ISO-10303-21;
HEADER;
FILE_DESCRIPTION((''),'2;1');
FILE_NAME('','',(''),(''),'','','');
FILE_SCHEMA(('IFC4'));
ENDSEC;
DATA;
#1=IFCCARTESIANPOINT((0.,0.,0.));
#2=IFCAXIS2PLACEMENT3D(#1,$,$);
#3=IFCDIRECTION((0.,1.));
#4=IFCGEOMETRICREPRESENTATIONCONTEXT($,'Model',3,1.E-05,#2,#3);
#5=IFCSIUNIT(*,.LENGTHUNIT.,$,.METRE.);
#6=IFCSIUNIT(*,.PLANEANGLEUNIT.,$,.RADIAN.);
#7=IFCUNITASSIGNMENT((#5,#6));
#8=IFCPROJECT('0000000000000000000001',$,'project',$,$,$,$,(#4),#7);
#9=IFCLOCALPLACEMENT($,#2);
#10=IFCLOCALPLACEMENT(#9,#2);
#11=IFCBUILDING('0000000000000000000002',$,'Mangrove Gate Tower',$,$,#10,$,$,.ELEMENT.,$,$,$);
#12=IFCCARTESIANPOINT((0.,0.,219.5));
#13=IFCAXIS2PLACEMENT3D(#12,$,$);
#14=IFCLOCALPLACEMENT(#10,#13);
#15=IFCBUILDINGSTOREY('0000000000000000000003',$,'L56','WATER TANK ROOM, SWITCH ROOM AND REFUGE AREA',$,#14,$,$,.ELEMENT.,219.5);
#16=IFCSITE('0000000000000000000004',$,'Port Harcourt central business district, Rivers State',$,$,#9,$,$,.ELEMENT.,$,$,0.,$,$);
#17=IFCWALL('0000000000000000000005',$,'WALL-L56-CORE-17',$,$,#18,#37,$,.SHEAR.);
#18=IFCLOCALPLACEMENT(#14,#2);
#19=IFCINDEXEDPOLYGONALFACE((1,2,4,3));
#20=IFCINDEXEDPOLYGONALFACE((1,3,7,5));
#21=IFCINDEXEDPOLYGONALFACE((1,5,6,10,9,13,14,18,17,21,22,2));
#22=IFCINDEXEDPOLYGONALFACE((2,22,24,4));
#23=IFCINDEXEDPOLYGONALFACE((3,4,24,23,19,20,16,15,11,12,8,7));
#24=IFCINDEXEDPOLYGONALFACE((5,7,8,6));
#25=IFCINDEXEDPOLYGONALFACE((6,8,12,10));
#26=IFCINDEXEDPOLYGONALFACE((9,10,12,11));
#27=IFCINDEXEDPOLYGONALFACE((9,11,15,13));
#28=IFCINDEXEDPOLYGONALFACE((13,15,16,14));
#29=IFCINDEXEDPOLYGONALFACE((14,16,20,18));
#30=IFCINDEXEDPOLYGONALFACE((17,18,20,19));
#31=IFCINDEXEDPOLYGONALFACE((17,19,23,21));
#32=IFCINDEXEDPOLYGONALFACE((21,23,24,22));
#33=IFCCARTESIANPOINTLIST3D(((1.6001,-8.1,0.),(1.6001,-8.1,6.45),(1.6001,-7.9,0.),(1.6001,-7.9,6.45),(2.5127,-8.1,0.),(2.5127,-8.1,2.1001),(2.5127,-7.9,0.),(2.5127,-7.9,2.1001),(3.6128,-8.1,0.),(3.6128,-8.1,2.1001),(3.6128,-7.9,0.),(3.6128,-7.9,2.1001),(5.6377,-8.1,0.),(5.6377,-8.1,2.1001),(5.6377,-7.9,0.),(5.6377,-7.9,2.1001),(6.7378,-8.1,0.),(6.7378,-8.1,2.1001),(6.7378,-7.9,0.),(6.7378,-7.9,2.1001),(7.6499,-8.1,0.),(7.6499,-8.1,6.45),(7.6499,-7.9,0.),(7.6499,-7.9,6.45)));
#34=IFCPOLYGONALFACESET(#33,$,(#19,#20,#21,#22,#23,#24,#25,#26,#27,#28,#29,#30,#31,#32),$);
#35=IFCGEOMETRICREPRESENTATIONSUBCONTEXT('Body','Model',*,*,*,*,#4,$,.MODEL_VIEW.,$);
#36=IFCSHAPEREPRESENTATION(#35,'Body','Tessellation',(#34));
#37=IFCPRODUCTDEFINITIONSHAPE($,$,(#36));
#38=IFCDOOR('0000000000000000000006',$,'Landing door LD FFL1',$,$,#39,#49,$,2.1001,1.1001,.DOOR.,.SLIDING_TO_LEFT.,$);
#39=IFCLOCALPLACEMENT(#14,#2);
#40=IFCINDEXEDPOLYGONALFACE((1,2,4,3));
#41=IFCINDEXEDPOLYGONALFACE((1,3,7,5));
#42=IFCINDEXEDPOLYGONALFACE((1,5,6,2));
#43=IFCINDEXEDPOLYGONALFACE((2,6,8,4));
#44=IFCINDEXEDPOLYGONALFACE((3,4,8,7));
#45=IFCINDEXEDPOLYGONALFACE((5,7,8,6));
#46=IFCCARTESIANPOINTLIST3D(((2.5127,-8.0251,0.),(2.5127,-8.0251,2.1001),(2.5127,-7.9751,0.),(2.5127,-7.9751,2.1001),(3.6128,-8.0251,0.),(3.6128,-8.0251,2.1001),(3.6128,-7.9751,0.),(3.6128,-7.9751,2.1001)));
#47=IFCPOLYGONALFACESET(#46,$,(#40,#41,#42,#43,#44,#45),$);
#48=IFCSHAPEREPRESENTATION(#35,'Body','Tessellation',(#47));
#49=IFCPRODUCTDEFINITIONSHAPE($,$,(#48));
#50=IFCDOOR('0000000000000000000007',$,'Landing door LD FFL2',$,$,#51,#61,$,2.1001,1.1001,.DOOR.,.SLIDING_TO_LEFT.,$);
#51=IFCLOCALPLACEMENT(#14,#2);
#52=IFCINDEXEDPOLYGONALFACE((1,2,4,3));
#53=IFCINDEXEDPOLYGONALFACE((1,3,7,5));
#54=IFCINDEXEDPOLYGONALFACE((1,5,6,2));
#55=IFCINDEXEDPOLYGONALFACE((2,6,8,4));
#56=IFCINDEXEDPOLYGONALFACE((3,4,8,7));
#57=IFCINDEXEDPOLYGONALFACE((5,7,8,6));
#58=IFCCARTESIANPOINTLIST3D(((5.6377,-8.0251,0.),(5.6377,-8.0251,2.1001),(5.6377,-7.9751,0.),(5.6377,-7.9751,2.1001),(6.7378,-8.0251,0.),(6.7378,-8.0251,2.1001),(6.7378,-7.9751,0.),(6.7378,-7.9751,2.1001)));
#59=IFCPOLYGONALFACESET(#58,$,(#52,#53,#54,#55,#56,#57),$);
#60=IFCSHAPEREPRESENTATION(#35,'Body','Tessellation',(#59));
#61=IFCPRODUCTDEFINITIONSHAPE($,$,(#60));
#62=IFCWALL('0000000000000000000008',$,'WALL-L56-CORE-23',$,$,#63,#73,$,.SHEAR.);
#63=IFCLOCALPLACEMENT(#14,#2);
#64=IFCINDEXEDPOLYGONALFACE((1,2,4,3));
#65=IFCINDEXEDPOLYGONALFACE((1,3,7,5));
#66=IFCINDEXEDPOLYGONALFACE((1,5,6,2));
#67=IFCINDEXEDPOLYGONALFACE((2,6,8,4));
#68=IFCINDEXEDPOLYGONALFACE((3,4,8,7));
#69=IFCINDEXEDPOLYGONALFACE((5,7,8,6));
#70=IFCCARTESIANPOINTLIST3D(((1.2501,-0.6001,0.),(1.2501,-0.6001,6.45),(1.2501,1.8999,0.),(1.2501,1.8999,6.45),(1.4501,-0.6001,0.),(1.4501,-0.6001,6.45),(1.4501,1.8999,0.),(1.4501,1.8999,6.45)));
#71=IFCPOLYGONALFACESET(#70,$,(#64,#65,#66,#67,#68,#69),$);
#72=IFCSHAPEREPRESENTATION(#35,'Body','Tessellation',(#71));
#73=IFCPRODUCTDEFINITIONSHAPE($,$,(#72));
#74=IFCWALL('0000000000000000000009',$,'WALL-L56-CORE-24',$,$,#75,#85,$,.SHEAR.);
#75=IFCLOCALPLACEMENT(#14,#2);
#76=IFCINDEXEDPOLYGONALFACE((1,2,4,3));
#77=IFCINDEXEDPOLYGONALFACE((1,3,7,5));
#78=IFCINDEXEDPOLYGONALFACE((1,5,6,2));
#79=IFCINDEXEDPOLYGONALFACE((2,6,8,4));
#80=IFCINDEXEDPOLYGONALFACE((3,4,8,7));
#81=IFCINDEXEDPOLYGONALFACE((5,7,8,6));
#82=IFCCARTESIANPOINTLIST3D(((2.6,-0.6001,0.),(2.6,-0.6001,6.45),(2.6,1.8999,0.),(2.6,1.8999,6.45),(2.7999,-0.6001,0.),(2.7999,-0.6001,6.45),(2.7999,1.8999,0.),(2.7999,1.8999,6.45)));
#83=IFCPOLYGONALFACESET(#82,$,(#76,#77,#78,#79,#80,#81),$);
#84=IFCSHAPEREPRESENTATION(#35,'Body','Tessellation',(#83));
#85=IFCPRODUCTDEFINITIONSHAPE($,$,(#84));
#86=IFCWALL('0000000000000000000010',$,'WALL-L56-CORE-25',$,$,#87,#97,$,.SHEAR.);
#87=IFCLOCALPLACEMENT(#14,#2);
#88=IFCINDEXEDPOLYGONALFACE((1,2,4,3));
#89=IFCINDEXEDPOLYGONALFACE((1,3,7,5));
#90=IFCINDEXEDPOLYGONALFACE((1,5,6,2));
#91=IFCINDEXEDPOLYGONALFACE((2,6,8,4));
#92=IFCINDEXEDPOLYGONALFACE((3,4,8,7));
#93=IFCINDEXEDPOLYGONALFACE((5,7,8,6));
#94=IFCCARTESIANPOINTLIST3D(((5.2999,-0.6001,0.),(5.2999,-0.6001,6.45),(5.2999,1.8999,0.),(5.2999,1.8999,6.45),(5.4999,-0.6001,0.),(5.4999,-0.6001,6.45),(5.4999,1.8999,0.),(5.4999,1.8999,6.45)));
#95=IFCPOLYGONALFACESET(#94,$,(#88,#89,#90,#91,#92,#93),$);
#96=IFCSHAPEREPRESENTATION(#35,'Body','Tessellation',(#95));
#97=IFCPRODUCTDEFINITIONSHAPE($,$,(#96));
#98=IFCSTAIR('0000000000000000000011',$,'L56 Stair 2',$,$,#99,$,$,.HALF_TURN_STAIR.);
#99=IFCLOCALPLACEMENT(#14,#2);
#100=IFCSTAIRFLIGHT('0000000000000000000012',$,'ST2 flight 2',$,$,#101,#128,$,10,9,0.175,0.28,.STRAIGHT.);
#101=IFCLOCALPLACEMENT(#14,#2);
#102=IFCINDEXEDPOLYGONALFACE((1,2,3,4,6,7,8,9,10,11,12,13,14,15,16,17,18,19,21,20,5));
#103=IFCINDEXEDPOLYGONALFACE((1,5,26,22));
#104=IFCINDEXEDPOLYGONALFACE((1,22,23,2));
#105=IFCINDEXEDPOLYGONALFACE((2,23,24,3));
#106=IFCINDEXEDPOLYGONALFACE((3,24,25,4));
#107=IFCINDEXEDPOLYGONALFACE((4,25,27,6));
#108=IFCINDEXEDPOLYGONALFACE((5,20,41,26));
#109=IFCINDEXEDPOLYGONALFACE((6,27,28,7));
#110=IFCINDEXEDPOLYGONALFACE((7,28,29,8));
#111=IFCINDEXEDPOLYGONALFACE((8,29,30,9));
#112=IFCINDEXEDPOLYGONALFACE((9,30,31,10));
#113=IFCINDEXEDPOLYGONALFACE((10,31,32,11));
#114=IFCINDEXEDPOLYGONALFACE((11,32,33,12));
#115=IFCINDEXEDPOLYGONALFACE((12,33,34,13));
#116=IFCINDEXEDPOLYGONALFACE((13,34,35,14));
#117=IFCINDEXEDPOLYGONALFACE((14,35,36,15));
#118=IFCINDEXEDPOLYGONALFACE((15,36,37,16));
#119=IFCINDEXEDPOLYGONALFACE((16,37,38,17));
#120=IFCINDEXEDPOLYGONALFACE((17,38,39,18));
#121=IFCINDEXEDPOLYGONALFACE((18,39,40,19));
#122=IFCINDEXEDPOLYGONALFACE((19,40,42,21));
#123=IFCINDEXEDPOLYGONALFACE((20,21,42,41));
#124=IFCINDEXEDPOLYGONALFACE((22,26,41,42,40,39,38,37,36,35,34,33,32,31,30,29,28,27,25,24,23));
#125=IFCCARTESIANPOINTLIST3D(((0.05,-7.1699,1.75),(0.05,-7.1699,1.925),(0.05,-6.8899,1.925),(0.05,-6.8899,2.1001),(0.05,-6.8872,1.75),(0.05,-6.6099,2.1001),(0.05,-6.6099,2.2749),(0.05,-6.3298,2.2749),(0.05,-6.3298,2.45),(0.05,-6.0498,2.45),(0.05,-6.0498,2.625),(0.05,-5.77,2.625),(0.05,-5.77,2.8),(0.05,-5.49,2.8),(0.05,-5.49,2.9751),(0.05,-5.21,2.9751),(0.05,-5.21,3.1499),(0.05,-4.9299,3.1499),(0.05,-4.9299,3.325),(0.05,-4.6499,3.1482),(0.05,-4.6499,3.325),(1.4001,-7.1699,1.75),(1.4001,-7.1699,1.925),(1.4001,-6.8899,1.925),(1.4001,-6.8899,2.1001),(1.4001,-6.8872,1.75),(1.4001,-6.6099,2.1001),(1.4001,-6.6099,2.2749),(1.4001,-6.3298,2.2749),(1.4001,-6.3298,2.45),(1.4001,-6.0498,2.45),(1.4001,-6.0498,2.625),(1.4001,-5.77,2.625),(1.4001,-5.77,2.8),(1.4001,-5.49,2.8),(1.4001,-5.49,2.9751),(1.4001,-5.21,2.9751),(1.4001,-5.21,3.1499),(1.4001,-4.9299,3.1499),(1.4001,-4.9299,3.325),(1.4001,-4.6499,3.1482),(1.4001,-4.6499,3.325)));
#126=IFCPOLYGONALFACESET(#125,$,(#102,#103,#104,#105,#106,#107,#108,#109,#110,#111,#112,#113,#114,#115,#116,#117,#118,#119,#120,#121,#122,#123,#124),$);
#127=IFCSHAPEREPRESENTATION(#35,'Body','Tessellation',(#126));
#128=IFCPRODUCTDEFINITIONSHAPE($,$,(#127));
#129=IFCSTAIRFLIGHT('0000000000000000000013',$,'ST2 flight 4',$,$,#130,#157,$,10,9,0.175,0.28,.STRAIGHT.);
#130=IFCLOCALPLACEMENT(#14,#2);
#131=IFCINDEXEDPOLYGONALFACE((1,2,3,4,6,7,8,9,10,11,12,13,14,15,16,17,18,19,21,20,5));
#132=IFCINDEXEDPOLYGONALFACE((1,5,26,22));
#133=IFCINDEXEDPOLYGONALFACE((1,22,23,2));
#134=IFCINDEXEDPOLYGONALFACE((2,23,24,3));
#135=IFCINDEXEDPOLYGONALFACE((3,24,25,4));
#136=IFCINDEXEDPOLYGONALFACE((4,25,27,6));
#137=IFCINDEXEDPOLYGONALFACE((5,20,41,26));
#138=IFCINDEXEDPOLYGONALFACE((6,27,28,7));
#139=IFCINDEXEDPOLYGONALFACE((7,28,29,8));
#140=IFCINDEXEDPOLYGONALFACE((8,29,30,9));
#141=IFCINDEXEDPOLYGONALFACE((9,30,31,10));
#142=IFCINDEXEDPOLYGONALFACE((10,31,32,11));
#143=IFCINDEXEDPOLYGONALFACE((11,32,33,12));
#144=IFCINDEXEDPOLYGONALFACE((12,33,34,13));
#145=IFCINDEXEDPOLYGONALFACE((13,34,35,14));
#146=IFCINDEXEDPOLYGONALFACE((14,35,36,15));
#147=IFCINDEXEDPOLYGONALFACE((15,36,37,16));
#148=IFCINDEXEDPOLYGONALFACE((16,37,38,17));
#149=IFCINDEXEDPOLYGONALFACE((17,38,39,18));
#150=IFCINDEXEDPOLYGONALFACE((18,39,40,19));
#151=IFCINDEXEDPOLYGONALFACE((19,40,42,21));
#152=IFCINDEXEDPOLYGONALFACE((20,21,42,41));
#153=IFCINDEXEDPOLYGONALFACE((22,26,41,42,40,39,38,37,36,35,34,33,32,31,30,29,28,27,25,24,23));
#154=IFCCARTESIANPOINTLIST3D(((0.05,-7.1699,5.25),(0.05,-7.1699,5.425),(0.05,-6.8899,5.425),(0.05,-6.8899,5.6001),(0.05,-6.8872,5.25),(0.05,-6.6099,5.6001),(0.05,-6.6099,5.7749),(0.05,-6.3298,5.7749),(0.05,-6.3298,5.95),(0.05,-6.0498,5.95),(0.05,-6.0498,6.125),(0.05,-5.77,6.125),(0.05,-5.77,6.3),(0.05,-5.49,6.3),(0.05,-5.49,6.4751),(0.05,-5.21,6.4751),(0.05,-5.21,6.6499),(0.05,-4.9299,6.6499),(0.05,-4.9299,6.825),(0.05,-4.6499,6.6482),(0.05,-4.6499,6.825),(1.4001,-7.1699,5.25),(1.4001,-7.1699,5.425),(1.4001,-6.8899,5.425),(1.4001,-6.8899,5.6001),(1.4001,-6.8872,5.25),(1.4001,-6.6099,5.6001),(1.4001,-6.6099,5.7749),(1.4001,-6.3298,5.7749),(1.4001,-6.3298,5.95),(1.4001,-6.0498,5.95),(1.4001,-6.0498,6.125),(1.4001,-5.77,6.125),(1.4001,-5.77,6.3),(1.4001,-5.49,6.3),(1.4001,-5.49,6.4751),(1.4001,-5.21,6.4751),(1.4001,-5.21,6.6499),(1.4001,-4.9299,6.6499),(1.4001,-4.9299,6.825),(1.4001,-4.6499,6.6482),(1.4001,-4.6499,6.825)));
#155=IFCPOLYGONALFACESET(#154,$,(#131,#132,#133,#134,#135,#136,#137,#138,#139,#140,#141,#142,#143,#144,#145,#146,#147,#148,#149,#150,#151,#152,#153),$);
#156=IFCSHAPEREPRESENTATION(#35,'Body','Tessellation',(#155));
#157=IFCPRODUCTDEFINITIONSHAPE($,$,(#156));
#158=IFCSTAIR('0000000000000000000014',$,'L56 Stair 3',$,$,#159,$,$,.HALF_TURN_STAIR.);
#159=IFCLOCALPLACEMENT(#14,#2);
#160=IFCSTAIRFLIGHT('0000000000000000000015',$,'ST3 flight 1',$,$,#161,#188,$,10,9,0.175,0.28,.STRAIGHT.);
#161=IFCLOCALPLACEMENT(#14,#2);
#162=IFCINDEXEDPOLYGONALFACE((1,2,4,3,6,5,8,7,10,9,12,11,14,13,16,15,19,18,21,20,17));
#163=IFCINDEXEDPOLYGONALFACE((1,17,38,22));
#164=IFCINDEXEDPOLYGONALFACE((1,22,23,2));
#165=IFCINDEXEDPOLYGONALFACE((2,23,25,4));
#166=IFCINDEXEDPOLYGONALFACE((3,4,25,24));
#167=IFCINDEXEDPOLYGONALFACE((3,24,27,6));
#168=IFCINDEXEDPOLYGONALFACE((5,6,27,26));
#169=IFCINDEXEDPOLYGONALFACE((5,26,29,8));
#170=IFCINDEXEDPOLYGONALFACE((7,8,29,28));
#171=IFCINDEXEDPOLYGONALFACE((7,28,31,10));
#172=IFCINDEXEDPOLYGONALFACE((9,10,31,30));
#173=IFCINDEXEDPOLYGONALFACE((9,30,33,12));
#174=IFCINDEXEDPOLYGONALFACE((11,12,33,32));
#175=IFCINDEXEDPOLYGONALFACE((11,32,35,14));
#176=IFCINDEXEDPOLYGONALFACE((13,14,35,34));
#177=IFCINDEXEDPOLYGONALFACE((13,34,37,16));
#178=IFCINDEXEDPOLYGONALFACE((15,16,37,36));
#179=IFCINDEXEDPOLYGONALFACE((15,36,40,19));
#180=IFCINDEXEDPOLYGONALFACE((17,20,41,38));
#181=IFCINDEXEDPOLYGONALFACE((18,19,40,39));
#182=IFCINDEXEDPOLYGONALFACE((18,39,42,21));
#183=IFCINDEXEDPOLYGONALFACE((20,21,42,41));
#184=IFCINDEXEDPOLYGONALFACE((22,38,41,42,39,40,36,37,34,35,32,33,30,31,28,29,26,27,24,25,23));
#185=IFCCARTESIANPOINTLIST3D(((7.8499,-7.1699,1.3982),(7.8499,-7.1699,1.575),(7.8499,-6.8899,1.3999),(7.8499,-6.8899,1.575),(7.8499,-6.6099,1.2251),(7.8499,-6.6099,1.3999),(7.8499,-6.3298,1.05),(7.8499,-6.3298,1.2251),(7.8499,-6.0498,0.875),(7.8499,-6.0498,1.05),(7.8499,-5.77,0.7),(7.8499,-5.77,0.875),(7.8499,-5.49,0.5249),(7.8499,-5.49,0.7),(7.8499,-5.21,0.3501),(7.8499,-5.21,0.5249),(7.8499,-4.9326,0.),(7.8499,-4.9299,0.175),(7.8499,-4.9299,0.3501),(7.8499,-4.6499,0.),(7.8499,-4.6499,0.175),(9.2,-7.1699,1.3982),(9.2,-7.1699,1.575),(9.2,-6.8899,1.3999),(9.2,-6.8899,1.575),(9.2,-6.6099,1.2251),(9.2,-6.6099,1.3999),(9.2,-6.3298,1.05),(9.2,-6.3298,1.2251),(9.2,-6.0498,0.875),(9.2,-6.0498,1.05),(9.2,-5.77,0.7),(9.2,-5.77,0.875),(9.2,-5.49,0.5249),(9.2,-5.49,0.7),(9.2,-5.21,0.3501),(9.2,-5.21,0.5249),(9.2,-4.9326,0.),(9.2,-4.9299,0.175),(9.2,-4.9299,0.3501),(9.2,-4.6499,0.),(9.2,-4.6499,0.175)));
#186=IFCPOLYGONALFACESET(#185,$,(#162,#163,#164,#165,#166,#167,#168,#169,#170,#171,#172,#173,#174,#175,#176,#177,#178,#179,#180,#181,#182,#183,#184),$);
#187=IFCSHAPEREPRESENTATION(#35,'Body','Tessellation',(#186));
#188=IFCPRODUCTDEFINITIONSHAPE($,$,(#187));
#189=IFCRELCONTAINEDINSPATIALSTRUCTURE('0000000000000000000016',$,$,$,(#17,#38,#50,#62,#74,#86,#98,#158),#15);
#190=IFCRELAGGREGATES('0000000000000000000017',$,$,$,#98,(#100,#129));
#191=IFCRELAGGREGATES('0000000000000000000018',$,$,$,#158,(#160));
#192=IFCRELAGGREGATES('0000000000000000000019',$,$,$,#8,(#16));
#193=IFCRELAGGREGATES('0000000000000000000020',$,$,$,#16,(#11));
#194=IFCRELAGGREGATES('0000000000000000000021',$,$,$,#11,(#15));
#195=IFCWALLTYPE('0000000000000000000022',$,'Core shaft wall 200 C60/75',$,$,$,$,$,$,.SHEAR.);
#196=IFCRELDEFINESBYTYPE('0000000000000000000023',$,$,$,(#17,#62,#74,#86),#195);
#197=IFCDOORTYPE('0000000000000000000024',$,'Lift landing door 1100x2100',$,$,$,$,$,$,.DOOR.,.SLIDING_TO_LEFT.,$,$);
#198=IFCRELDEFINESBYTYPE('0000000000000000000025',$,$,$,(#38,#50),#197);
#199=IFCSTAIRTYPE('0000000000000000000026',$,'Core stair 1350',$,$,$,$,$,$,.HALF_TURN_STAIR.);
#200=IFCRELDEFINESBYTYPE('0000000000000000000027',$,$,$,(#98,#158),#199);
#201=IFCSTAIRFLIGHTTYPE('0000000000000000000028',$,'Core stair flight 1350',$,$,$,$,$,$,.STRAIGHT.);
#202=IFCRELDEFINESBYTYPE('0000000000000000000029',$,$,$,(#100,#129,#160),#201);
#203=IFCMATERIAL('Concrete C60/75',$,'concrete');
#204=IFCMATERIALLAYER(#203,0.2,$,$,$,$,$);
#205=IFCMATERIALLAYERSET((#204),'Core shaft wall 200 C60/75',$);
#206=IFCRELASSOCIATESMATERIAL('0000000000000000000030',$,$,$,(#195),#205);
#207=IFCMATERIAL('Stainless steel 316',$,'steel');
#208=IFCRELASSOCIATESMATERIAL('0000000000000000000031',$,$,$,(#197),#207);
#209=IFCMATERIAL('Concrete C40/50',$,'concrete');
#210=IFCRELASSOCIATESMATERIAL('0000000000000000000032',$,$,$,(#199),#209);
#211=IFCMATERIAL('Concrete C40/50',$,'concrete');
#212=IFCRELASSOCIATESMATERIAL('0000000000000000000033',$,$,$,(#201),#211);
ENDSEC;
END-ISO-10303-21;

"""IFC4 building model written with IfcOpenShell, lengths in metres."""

from ifc_helpers import new_model, si_unit, direction, frame, frame_2d, origin, place, context, subcontext, project, spatial, polyline, rectangle, outline, extrude, material, layer, layer_set, type_object, element, fill, aggregate, save


model = new_model("IFC4")

# Units and contexts
model_context = context("Model", 3, precision=1e-05, world=origin(), true_north=direction((0.0, 1.0)))
body_context = subcontext(model_context, "Body", "Model", "MODEL_VIEW")
ifc_project = project(units=[si_unit("LENGTHUNIT", "METRE"), si_unit("PLANEANGLEUNIT", "RADIAN")], contexts=[model_context])

# Site, building, storey
site_placement = place(None, origin())
site = spatial("IfcSite", under=ifc_project, at=site_placement, Name="Port Harcourt central business district, Rivers State", CompositionType="ELEMENT", RefElevation=0.0)
building_placement = place(site_placement, origin())
building = spatial("IfcBuilding", under=site, at=building_placement, Name="Mangrove Gate Tower", CompositionType="ELEMENT")
storey_placement = place(building_placement, frame((0.0, 0.0, 219.5)))
storey = spatial("IfcBuildingStorey", under=building, at=storey_placement, Name="L56", Description="WATER TANK ROOM, SWITCH ROOM AND REFUGE AREA", CompositionType="ELEMENT", Elevation=219.5)

# Wall, openings, doors
ifc_material_1 = material(Name="Concrete C60/75", Category="concrete")
ifc_layer = layer(ifc_material_1, 0.2)
ifc_layer_set = layer_set([ifc_layer], Name="Core shaft wall 200 C60/75")
wall_type = type_object("IfcWallType", Name="Core shaft wall 200 C60/75", PredefinedType="SHEAR", material=ifc_layer_set)
wall_placement = place(storey_placement, frame((1.6001, -8.0, 0.0), z_axis=(0.0, 0.0, 1.0), x_axis=(1.0, 0.0, 0.0)))
wall = element("IfcWall", 1, at=wall_placement, inside=storey, type_object=wall_type, Name="WALL-L56-CORE-17", PredefinedType="SHEAR", context=body_context, shape_type="SweptSolid", body=[
    extrude(rectangle(XDim=6.0498, YDim=0.2, at=frame_2d((3.0249, 0.0))), origin(), (0.0, 0.0, 1.0), 6.45),
])
opening_1_placement = place(wall_placement, frame((0.9126, 0.0, 0.0)))
opening_1 = element("IfcOpeningElement", 2, at=opening_1_placement, cuts=wall, PredefinedType="OPENING", context=body_context, shape_type="SweptSolid", body=[
    extrude(rectangle(XDim=1.1001, YDim=2.1001, at=frame_2d((0.55, 1.05))), frame((0.0, 0.1099, 0.0), z_axis=(0.0, -1.0, 0.0), x_axis=(1.0, 0.0, 0.0)), (0.0, 0.0, 1.0), 0.22),
])
opening_2_placement = place(wall_placement, frame((4.0376, 0.0, 0.0)))
opening_2 = element("IfcOpeningElement", 3, at=opening_2_placement, cuts=wall, PredefinedType="OPENING", context=body_context, shape_type="SweptSolid", body=[
    extrude(rectangle(XDim=1.1001, YDim=2.1001, at=frame_2d((0.55, 1.05))), frame((0.0, 0.1099, 0.0), z_axis=(0.0, -1.0, 0.0), x_axis=(1.0, 0.0, 0.0)), (0.0, 0.0, 1.0), 0.22),
])
ifc_material_2 = material(Name="Stainless steel 316", Category="steel")
door_type = type_object("IfcDoorType", Name="Lift landing door 1100x2100", OperationType="SLIDING_TO_LEFT", PredefinedType="DOOR", material=ifc_material_2)
door_1_placement = place(opening_1_placement, origin())
door_1 = element("IfcDoor", 4, at=door_1_placement, inside=storey, type_object=door_type, Name="Landing door LD FFL1", OperationType="SLIDING_TO_LEFT", OverallHeight=2.1001, OverallWidth=1.1001, PredefinedType="DOOR", context=body_context, shape_type="SweptSolid", body=[
    extrude(rectangle(XDim=1.1001, YDim=2.1001, at=frame_2d((0.55, 1.05))), frame((0.0, 0.0249, 0.0), z_axis=(0.0, -1.0, 0.0), x_axis=(1.0, 0.0, 0.0)), (0.0, 0.0, 1.0), 0.05),
])
fill(opening_1, door_1)
door_2_placement = place(opening_2_placement, origin())
door_2 = element("IfcDoor", 5, at=door_2_placement, inside=storey, type_object=door_type, Name="Landing door LD FFL2", OperationType="SLIDING_TO_LEFT", OverallHeight=2.1001, OverallWidth=1.1001, PredefinedType="DOOR", context=body_context, shape_type="SweptSolid", body=[
    extrude(rectangle(XDim=1.1001, YDim=2.1001, at=frame_2d((0.55, 1.05))), frame((0.0, 0.0249, 0.0), z_axis=(0.0, -1.0, 0.0), x_axis=(1.0, 0.0, 0.0)), (0.0, 0.0, 1.0), 0.05),
])
fill(opening_2, door_2)

# Walls
for number, where, z_axis, x_axis, name in (
    (6, (1.3501, -0.6001, 0.0), (0.0, 0.0, 1.0), (0.0, 1.0, 0.0), "WALL-L56-CORE-23"),
    (7, (2.7, -0.6001, 0.0), (0.0, 0.0, 1.0), (0.0, 1.0, 0.0), "WALL-L56-CORE-24"),
    (8, (5.3999, -0.6001, 0.0), (0.0, 0.0, 1.0), (0.0, 1.0, 0.0), "WALL-L56-CORE-25"),
):
    element("IfcWall", number, at=place(storey_placement, frame(where, z_axis=z_axis, x_axis=x_axis)), inside=storey, type_object=wall_type, Name=name, PredefinedType="SHEAR", context=body_context, shape_type="SweptSolid", body=[
        extrude(rectangle(XDim=2.5, YDim=0.2, at=frame_2d((1.25, 0.0))), origin(), (0.0, 0.0, 1.0), 6.45),
    ])

# Stairs, stair flights
ifc_material_3 = material(Name="Concrete C40/50", Category="concrete")
stair_type = type_object("IfcStairType", Name="Core stair 1350", PredefinedType="HALF_TURN_STAIR", material=ifc_material_3)
stair_1_placement = place(storey_placement, origin())
stair_1 = element("IfcStair", 9, at=stair_1_placement, inside=storey, type_object=stair_type, Name="L56 Stair 2", PredefinedType="HALF_TURN_STAIR")
ifc_material_4 = material(Name="Concrete C40/50", Category="concrete")
stair_flight_type = type_object("IfcStairFlightType", Name="Core stair flight 1350", PredefinedType="STRAIGHT", material=ifc_material_4)
stair_flight_1_placement = place(storey_placement, frame((0.7251, -7.1699, 1.75), z_axis=(0.0, 0.0, 1.0), x_axis=(0.0, 1.0, 0.0)))
stair_flight_1 = element("IfcStairFlight", 10, at=stair_flight_1_placement, type_object=stair_flight_type, Name="ST2 flight 2", NumberOfRisers=10, NumberOfTreads=9, PredefinedType="STRAIGHT", RiserHeight=0.175, TreadLength=0.28, context=body_context, shape_type="SweptSolid", body=[
    extrude(outline(polyline([(0.0, 0.0), (0.0, 0.175), (0.28, 0.175), (0.28, 0.3501), (0.5601, 0.3501), (0.5601, 0.5249), (0.8401, 0.5249), (0.8401, 0.7), (1.1201, 0.7), (1.1201, 0.875), (1.3999, 0.875), (1.3999, 1.05), (1.6799, 1.05), (1.6799, 1.2251), (1.96, 1.2251), (1.96, 1.3999), (2.24, 1.3999), (2.24, 1.575), (2.52, 1.575), (2.52, 1.75), (2.52, 1.3982), (0.2827, 0.0), (0.0, 0.0)])), frame((0.0, 0.675, 0.0), z_axis=(0.0, -1.0, 0.0), x_axis=(1.0, 0.0, 0.0)), (0.0, 0.0, 1.0), 1.3501),
])
stair_flight_2_placement = place(storey_placement, frame((0.7251, -7.1699, 5.25), z_axis=(0.0, 0.0, 1.0), x_axis=(0.0, 1.0, 0.0)))
stair_flight_2 = element("IfcStairFlight", 11, at=stair_flight_2_placement, type_object=stair_flight_type, Name="ST2 flight 4", NumberOfRisers=10, NumberOfTreads=9, PredefinedType="STRAIGHT", RiserHeight=0.175, TreadLength=0.28, context=body_context, shape_type="SweptSolid", body=[
    extrude(outline(polyline([(0.0, 0.0), (0.0, 0.175), (0.28, 0.175), (0.28, 0.3501), (0.5601, 0.3501), (0.5601, 0.5249), (0.8401, 0.5249), (0.8401, 0.7), (1.1201, 0.7), (1.1201, 0.875), (1.3999, 0.875), (1.3999, 1.05), (1.6799, 1.05), (1.6799, 1.2251), (1.96, 1.2251), (1.96, 1.3999), (2.24, 1.3999), (2.24, 1.575), (2.52, 1.575), (2.52, 1.75), (2.52, 1.3982), (0.2827, 0.0), (0.0, 0.0)])), frame((0.0, 0.675, 0.0), z_axis=(0.0, -1.0, 0.0), x_axis=(1.0, 0.0, 0.0)), (0.0, 0.0, 1.0), 1.3501),
])
aggregate(stair_1, [stair_flight_1, stair_flight_2])
stair_2_placement = place(storey_placement, origin())
stair_2 = element("IfcStair", 12, at=stair_2_placement, inside=storey, type_object=stair_type, Name="L56 Stair 3", PredefinedType="HALF_TURN_STAIR")
stair_flight_3_placement = place(storey_placement, frame((8.5249, -4.6499, 0.0), z_axis=(0.0, 0.0, 1.0), x_axis=(0.0, -1.0, 0.0)))
stair_flight_3 = element("IfcStairFlight", 13, at=stair_flight_3_placement, type_object=stair_flight_type, Name="ST3 flight 1", NumberOfRisers=10, NumberOfTreads=9, PredefinedType="STRAIGHT", RiserHeight=0.175, TreadLength=0.28, context=body_context, shape_type="SweptSolid", body=[
    extrude(outline(polyline([(0.0, 0.0), (0.0, 0.175), (0.28, 0.175), (0.28, 0.3501), (0.5601, 0.3501), (0.5601, 0.5249), (0.8401, 0.5249), (0.8401, 0.7), (1.1201, 0.7), (1.1201, 0.875), (1.3999, 0.875), (1.3999, 1.05), (1.6799, 1.05), (1.6799, 1.2251), (1.96, 1.2251), (1.96, 1.3999), (2.24, 1.3999), (2.24, 1.575), (2.52, 1.575), (2.52, 1.75), (2.52, 1.3982), (0.2827, 0.0), (0.0, 0.0)])), frame((0.0, 0.675, 0.0), z_axis=(0.0, -1.0, 0.0), x_axis=(1.0, 0.0, 0.0)), (0.0, 0.0, 1.0), 1.3501),
])
aggregate(stair_2, [stair_flight_3])

save(model, "model.ifc")
